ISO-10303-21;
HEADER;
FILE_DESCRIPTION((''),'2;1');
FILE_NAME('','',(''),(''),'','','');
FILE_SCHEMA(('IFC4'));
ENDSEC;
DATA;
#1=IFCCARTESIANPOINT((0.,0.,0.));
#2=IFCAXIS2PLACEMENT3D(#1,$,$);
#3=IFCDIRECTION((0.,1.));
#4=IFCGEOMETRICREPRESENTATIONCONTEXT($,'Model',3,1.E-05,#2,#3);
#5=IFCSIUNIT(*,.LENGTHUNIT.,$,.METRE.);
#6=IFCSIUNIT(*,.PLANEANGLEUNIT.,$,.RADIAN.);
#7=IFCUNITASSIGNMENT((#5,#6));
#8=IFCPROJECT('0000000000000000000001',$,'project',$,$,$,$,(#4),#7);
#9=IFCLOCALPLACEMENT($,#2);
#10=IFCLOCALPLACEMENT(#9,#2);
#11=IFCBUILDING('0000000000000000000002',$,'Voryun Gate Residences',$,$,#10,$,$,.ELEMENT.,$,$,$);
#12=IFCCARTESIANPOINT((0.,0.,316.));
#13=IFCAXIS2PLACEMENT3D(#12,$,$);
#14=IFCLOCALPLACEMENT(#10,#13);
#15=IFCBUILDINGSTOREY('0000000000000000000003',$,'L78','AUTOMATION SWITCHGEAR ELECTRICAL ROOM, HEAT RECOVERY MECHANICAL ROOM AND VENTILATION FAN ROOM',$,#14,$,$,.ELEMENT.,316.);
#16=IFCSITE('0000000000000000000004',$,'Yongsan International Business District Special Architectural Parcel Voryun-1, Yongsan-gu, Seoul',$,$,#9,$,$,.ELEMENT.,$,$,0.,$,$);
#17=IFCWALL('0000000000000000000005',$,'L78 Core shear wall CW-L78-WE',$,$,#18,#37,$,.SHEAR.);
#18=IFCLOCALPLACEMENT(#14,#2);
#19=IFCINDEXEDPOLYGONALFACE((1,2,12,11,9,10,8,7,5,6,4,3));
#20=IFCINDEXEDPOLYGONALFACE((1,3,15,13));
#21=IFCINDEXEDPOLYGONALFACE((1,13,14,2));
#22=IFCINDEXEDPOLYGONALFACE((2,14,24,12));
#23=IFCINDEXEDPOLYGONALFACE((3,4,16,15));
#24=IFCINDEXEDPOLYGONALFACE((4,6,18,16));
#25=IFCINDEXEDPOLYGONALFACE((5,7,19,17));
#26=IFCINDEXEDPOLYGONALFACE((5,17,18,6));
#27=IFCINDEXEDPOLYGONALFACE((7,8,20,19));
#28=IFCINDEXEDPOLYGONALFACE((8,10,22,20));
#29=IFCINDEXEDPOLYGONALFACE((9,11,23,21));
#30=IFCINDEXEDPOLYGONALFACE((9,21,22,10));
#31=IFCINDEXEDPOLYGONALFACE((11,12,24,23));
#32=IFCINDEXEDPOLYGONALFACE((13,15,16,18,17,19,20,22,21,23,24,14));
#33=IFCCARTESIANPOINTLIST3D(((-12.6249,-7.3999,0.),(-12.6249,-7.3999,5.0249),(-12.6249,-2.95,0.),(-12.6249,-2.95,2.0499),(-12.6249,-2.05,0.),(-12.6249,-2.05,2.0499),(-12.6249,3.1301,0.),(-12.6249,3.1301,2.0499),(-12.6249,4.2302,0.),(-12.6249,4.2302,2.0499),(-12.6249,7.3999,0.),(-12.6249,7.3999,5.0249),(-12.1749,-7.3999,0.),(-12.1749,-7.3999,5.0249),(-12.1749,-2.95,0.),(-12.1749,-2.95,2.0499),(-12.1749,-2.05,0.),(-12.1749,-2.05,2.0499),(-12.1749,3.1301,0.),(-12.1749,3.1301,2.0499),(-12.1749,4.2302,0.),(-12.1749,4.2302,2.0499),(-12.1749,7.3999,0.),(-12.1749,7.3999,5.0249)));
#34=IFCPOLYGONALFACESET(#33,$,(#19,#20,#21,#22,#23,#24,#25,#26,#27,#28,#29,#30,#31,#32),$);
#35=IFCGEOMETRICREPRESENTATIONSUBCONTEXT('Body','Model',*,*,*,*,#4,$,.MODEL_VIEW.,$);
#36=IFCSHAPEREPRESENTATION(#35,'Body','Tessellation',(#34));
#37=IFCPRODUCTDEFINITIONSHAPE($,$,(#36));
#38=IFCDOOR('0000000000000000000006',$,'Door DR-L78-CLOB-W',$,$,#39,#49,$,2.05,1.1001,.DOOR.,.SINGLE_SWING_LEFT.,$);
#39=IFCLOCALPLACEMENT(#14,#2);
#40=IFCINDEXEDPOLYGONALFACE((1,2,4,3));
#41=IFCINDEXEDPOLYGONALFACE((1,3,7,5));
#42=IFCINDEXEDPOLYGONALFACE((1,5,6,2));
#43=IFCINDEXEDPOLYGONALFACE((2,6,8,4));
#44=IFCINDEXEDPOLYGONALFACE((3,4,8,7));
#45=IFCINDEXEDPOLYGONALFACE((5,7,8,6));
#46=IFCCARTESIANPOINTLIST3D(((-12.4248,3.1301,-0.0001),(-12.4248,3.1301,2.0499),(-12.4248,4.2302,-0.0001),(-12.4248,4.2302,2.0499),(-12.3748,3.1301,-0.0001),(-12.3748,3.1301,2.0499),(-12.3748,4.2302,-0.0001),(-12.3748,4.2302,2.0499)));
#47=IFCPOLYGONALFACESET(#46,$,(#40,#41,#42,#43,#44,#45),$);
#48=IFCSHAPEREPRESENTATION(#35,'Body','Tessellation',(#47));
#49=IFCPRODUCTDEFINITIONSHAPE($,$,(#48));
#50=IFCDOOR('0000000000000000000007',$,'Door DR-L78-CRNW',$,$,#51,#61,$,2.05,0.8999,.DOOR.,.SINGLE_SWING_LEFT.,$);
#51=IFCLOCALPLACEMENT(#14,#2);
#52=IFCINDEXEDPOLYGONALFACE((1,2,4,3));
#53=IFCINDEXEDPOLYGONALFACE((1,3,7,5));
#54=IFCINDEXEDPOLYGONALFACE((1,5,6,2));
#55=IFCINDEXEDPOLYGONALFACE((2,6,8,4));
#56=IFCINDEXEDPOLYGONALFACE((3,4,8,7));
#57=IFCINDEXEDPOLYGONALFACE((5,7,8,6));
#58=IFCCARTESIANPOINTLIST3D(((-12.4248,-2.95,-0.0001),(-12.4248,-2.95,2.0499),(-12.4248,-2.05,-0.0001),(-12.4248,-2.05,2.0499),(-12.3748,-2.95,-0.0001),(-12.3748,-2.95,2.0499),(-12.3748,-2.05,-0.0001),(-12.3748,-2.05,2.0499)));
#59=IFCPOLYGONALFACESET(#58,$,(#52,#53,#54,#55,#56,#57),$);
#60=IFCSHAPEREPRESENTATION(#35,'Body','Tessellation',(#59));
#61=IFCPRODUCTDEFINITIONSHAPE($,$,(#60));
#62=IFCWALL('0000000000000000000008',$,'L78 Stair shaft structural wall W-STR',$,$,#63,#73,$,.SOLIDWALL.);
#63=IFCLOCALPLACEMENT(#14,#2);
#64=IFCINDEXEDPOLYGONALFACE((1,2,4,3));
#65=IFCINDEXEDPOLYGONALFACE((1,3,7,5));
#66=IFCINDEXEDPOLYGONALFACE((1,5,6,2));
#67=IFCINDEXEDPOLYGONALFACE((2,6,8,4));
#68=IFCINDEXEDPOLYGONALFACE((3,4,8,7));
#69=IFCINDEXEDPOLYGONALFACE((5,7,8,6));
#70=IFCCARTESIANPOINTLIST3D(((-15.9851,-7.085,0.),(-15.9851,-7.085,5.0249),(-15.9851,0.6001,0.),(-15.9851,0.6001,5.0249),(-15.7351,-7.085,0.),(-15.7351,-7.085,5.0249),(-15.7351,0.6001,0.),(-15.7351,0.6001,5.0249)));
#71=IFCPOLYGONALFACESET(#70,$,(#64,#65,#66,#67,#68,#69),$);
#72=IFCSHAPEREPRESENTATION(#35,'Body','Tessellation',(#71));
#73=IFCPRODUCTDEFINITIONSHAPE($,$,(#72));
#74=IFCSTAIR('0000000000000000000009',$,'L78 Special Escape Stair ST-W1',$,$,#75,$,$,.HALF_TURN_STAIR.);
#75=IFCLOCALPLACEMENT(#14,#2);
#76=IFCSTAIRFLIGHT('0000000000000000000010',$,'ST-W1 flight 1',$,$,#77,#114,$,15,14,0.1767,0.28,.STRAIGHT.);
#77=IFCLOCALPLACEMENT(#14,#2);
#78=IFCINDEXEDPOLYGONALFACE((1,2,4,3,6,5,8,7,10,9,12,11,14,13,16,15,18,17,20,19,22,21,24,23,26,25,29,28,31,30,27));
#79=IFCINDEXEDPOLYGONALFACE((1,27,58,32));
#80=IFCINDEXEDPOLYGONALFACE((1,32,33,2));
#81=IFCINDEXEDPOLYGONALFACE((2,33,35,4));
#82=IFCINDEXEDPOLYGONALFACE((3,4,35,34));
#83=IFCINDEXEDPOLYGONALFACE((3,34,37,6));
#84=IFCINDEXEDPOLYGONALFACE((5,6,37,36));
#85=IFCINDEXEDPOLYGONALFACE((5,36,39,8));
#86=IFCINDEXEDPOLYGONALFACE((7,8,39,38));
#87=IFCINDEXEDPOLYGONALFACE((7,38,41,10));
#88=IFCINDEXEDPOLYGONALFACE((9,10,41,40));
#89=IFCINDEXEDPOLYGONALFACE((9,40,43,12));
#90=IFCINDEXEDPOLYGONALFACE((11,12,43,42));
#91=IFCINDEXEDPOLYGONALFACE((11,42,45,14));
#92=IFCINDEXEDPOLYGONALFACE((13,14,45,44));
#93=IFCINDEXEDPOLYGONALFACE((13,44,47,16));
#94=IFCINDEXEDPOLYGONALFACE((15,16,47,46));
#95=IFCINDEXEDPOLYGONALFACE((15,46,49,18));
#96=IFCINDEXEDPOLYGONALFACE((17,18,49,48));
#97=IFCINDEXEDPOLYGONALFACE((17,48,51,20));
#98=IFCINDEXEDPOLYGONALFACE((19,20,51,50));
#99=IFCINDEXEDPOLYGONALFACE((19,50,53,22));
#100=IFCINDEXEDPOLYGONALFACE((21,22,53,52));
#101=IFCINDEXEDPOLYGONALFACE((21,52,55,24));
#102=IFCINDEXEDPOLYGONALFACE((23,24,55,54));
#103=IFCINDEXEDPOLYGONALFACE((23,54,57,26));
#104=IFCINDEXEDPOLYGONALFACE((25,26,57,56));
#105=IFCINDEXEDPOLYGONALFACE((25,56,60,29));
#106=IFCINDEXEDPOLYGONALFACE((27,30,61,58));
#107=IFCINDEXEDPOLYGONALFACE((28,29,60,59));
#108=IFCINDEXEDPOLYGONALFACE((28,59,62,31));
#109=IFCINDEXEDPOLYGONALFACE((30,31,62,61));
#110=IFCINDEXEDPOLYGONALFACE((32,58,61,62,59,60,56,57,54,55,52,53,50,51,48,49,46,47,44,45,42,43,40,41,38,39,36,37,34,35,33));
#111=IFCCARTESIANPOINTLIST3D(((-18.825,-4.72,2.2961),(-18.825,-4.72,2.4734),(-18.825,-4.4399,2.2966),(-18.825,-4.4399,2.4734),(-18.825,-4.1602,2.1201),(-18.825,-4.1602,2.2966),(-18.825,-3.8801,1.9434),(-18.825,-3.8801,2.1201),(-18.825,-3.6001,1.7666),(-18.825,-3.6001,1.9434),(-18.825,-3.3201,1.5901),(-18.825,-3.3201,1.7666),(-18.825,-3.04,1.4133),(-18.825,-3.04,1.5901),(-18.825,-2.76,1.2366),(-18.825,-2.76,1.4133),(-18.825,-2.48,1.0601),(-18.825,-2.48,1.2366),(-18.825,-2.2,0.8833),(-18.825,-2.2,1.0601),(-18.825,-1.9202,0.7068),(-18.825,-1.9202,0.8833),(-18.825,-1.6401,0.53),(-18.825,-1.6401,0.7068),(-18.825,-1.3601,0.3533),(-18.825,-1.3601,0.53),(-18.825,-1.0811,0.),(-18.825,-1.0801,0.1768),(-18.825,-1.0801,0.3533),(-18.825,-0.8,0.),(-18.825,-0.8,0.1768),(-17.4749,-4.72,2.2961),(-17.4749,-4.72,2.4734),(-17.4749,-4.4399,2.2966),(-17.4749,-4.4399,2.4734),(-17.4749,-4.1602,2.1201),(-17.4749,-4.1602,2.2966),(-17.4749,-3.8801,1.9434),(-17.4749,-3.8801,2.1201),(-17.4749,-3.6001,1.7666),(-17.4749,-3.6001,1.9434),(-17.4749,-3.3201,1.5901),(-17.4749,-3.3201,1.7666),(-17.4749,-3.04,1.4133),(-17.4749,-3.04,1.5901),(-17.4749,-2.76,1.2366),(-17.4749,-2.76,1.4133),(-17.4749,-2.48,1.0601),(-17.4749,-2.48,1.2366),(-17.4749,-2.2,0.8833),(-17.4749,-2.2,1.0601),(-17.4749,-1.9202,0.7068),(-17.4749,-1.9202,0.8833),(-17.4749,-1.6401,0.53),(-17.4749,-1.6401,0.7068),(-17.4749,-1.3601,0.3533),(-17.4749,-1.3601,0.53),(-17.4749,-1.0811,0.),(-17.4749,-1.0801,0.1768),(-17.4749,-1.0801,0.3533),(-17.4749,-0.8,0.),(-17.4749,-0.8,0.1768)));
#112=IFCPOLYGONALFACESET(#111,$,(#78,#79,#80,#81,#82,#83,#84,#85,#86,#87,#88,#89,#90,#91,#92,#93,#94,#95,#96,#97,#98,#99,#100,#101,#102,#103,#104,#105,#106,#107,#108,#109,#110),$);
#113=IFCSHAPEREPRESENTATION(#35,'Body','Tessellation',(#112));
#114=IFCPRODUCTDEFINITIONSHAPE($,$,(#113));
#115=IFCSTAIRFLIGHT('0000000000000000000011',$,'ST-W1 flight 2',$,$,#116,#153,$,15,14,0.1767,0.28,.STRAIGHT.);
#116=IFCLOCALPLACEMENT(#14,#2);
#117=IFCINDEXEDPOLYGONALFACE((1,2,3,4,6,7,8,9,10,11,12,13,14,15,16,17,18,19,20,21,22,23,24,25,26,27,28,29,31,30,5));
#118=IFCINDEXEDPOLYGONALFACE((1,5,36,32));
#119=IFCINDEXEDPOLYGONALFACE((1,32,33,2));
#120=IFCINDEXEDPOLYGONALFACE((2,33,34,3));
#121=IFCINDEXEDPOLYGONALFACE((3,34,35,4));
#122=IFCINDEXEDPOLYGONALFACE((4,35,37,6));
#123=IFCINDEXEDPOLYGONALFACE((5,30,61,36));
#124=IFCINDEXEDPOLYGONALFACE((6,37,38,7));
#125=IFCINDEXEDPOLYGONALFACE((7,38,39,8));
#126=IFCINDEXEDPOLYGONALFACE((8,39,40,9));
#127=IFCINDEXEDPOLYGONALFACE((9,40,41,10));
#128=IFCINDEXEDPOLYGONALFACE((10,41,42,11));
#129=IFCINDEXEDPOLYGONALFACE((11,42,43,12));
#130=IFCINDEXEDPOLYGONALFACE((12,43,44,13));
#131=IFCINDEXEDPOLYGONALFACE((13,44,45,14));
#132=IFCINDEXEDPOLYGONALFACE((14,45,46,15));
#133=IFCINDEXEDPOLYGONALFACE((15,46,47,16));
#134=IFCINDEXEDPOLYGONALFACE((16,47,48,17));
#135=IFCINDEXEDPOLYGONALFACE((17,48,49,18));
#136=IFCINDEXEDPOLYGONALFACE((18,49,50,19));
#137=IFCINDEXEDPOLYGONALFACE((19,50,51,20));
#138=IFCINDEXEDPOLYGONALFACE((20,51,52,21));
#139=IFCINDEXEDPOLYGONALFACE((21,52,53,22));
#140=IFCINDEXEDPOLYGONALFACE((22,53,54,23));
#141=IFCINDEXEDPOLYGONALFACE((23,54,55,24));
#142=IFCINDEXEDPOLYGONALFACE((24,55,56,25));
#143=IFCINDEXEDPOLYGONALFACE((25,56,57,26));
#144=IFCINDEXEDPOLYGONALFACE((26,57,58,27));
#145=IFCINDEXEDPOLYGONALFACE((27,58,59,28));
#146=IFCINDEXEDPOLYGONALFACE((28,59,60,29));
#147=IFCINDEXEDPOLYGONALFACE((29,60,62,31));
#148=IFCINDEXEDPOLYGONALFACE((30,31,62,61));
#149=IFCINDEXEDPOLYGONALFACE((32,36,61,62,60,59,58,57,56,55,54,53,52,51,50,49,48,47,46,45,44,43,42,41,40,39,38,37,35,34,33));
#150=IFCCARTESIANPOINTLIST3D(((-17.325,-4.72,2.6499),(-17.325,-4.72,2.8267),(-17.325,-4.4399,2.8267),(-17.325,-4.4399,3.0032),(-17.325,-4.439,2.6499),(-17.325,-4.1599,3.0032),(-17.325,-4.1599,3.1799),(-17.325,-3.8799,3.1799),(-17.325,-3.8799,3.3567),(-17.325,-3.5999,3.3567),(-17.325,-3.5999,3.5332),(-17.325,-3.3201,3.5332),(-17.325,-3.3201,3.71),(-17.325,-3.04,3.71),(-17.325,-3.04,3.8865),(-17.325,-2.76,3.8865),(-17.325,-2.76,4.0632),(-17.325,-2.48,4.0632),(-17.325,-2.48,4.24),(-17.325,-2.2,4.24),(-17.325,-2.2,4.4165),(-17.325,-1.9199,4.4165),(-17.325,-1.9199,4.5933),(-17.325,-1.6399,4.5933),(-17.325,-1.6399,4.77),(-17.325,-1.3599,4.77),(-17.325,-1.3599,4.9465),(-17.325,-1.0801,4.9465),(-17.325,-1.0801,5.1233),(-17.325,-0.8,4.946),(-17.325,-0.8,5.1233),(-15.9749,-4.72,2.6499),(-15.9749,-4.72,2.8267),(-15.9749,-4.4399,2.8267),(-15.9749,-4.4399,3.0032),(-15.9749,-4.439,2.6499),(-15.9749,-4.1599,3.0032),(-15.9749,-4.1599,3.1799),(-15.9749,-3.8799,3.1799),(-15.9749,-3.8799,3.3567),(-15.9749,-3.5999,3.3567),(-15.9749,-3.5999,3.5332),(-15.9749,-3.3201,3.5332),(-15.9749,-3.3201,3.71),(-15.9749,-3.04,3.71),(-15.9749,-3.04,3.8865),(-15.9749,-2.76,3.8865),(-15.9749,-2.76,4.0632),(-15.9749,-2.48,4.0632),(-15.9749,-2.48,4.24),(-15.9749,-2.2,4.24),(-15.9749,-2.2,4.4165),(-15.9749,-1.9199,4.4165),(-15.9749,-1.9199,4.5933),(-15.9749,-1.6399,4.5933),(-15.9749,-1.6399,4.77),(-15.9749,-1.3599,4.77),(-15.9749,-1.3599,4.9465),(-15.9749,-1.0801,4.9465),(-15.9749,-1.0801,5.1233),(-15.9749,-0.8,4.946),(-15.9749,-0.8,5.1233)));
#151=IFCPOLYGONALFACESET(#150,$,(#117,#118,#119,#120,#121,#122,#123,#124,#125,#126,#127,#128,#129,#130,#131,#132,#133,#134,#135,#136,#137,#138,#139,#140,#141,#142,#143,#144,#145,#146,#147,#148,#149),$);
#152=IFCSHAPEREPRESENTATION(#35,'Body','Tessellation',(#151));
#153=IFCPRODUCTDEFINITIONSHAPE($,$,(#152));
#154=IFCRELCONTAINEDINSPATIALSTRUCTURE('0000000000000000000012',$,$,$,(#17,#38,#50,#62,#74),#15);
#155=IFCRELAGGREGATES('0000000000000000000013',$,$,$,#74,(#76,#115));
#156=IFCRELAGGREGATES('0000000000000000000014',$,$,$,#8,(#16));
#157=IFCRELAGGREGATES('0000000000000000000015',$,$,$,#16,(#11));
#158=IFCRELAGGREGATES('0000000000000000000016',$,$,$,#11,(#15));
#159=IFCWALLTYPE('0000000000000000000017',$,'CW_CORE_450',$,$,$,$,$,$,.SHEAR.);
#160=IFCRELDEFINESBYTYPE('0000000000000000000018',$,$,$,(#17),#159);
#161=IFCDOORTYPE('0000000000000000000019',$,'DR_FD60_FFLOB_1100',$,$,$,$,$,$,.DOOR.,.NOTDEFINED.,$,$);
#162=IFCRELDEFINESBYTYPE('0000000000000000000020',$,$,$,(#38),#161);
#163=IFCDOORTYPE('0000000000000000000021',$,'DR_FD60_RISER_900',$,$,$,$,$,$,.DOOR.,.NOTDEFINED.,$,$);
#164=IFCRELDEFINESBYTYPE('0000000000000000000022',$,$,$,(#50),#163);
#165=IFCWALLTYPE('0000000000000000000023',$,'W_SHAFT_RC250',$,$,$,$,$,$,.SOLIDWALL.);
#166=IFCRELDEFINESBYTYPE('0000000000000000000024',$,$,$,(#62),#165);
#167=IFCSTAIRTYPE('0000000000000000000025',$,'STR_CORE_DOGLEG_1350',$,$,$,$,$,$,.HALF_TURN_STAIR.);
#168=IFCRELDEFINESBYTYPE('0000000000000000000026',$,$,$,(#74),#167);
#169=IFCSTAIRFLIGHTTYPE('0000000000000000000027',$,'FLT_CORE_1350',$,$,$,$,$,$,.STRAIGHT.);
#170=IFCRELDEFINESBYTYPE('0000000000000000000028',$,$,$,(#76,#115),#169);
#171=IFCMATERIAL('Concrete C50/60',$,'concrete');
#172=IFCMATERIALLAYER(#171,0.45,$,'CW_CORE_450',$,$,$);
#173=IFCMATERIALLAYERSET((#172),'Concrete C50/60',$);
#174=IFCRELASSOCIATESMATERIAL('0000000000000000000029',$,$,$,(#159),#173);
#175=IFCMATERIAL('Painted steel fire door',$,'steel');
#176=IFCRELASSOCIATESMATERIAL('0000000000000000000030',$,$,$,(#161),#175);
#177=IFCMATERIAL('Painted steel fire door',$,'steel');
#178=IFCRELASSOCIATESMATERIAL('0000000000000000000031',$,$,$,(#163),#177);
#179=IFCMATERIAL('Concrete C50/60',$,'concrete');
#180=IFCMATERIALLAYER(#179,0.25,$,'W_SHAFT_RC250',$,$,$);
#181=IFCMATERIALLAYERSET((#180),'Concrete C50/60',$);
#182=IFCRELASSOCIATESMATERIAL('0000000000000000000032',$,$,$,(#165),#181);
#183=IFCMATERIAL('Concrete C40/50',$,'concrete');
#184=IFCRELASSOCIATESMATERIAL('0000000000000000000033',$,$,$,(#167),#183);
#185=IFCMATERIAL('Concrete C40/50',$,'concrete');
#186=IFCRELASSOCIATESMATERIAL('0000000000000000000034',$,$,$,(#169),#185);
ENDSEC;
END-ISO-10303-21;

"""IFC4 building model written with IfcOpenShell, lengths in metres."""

from ifc_helpers import new_model, si_unit, direction, frame, frame_2d, origin, place, context, subcontext, project, spatial, polyline, rectangle, outline, extrude, material, layer, layer_set, type_object, element, fill, aggregate, save


model = new_model("IFC4")

# Units and contexts
model_context = context("Model", 3, precision=1e-05, world=origin(), true_north=direction((0.0, 1.0)))
body_context = subcontext(model_context, "Body", "Model", "MODEL_VIEW")
ifc_project = project(units=[si_unit("LENGTHUNIT", "METRE"), si_unit("PLANEANGLEUNIT", "RADIAN")], contexts=[model_context])

# Site, building, storey
site_placement = place(None, origin())
site = spatial("IfcSite", under=ifc_project, at=site_placement, Name="Yongsan International Business District Special Architectural Parcel Voryun-1, Yongsan-gu, Seoul", CompositionType="ELEMENT", RefElevation=0.0)
building_placement = place(site_placement, origin())
building = spatial("IfcBuilding", under=site, at=building_placement, Name="Voryun Gate Residences", CompositionType="ELEMENT")
storey_placement = place(building_placement, frame((0.0, 0.0, 316.0)))
storey = spatial("IfcBuildingStorey", under=building, at=storey_placement, Name="L78", Description="AUTOMATION SWITCHGEAR ELECTRICAL ROOM, HEAT RECOVERY MECHANICAL ROOM AND VENTILATION FAN ROOM", CompositionType="ELEMENT", Elevation=316.0)

# Wall, openings, doors
ifc_material_1 = material(Name="Concrete C50/60", Category="concrete")
ifc_layer_1 = layer(ifc_material_1, 0.45, Name="CW_CORE_450")
ifc_layer_set_1 = layer_set([ifc_layer_1], Name="Concrete C50/60")
wall_type_1 = type_object("IfcWallType", Name="CW_CORE_450", PredefinedType="SHEAR", material=ifc_layer_set_1)
wall_1_placement = place(storey_placement, frame((-12.3999, -7.3999, 0.0), z_axis=(0.0, 0.0, 1.0), x_axis=(0.0, 1.0, 0.0)))
wall_1 = element("IfcWall", 1, at=wall_1_placement, inside=storey, type_object=wall_type_1, Name="L78 Core shear wall CW-L78-WE", PredefinedType="SHEAR", context=body_context, shape_type="SweptSolid", body=[
    extrude(rectangle(XDim=14.7998, YDim=0.45, at=frame_2d((7.3999, 0.0))), origin(), (0.0, 0.0, 1.0), 5.0249),
])
opening_1_placement = place(wall_1_placement, frame((10.53, 0.0, 0.0)))
opening_1 = element("IfcOpeningElement", 2, at=opening_1_placement, cuts=wall_1, PredefinedType="OPENING", context=body_context, shape_type="SweptSolid", body=[
    extrude(rectangle(XDim=1.1001, YDim=2.05, at=frame_2d((0.55, 1.0249))), frame((0.0, 0.2351, 0.0), z_axis=(0.0, -1.0, 0.0), x_axis=(1.0, 0.0, 0.0)), (0.0, 0.0, 1.0), 0.47),
])
opening_2_placement = place(wall_1_placement, frame((4.45, 0.0, 0.0)))
opening_2 = element("IfcOpeningElement", 3, at=opening_2_placement, cuts=wall_1, PredefinedType="OPENING", context=body_context, shape_type="SweptSolid", body=[
    extrude(rectangle(XDim=0.8999, YDim=2.05, at=frame_2d((0.45, 1.0249))), frame((0.0, 0.2351, 0.0), z_axis=(0.0, -1.0, 0.0), x_axis=(1.0, 0.0, 0.0)), (0.0, 0.0, 1.0), 0.47),
])
ifc_material_2 = material(Name="Painted steel fire door", Category="steel")
door_type_1 = type_object("IfcDoorType", Name="DR_FD60_FFLOB_1100", OperationType="NOTDEFINED", PredefinedType="DOOR", material=ifc_material_2)
door_1_placement = place(opening_1_placement, origin())
door_1 = element("IfcDoor", 4, at=door_1_placement, inside=storey, type_object=door_type_1, Name="Door DR-L78-CLOB-W", OperationType="SINGLE_SWING_LEFT", OverallHeight=2.05, OverallWidth=1.1001, PredefinedType="DOOR", context=body_context, shape_type="SweptSolid", body=[
    extrude(rectangle(XDim=1.1001, YDim=2.05, at=frame_2d((0.55, 1.0249))), frame((0.0, 0.0249, 0.0), z_axis=(0.0, -1.0, 0.0), x_axis=(1.0, 0.0, 0.0)), (0.0, 0.0, 1.0), 0.05),
])
fill(opening_1, door_1)
ifc_material_3 = material(Name="Painted steel fire door", Category="steel")
door_type_2 = type_object("IfcDoorType", Name="DR_FD60_RISER_900", OperationType="NOTDEFINED", PredefinedType="DOOR", material=ifc_material_3)
door_2_placement = place(opening_2_placement, origin())
door_2 = element("IfcDoor", 5, at=door_2_placement, inside=storey, type_object=door_type_2, Name="Door DR-L78-CRNW", OperationType="SINGLE_SWING_LEFT", OverallHeight=2.05, OverallWidth=0.8999, PredefinedType="DOOR", context=body_context, shape_type="SweptSolid", body=[
    extrude(rectangle(XDim=0.8999, YDim=2.05, at=frame_2d((0.45, 1.0249))), frame((0.0, 0.0249, 0.0), z_axis=(0.0, -1.0, 0.0), x_axis=(1.0, 0.0, 0.0)), (0.0, 0.0, 1.0), 0.05),
])
fill(opening_2, door_2)

# Wall
ifc_material_4 = material(Name="Concrete C50/60", Category="concrete")
ifc_layer_2 = layer(ifc_material_4, 0.25, Name="W_SHAFT_RC250")
ifc_layer_set_2 = layer_set([ifc_layer_2], Name="Concrete C50/60")
wall_type_2 = type_object("IfcWallType", Name="W_SHAFT_RC250", PredefinedType="SOLIDWALL", material=ifc_layer_set_2)
wall_2_placement = place(storey_placement, frame((-15.8601, -7.085, 0.0), z_axis=(0.0, 0.0, 1.0), x_axis=(0.0, 1.0, 0.0)))
element("IfcWall", 6, at=wall_2_placement, inside=storey, type_object=wall_type_2, Name="L78 Stair shaft structural wall W-STR", PredefinedType="SOLIDWALL", context=body_context, shape_type="SweptSolid", body=[
    extrude(rectangle(XDim=7.6851, YDim=0.25, at=frame_2d((3.8425, 0.0))), origin(), (0.0, 0.0, 1.0), 5.0249),
])

# Stair, stair flights
ifc_material_5 = material(Name="Concrete C40/50", Category="concrete")
stair_type = type_object("IfcStairType", Name="STR_CORE_DOGLEG_1350", PredefinedType="HALF_TURN_STAIR", material=ifc_material_5)
stair_placement = place(storey_placement, origin())
stair = element("IfcStair", 7, at=stair_placement, inside=storey, type_object=stair_type, Name="L78 Special Escape Stair ST-W1", PredefinedType="HALF_TURN_STAIR")
ifc_material_6 = material(Name="Concrete C40/50", Category="concrete")
stair_flight_type = type_object("IfcStairFlightType", Name="FLT_CORE_1350", PredefinedType="STRAIGHT", material=ifc_material_6)
stair_flight_1_placement = place(storey_placement, frame((-18.1499, -0.8, 0.0), z_axis=(0.0, 0.0, 1.0), x_axis=(0.0, -1.0, 0.0)))
stair_flight_1 = element("IfcStairFlight", 8, at=stair_flight_1_placement, type_object=stair_flight_type, Name="ST-W1 flight 1", NumberOfRisers=15, NumberOfTreads=14, PredefinedType="STRAIGHT", RiserHeight=0.1767, TreadLength=0.28, context=body_context, shape_type="SweptSolid", body=[
    extrude(outline(polyline([(0.0, 0.0), (0.0, 0.1768), (0.28, 0.1768), (0.28, 0.3533), (0.5601, 0.3533), (0.5601, 0.53), (0.8401, 0.53), (0.8401, 0.7068), (1.1201, 0.7068), (1.1201, 0.8833), (1.3999, 0.8833), (1.3999, 1.0601), (1.6799, 1.0601), (1.6799, 1.2366), (1.96, 1.2366), (1.96, 1.4133), (2.24, 1.4133), (2.24, 1.5901), (2.52, 1.5901), (2.52, 1.7666), (2.8, 1.7666), (2.8, 1.9434), (3.0801, 1.9434), (3.0801, 2.1201), (3.3601, 2.1201), (3.3601, 2.2966), (3.6399, 2.2966), (3.6399, 2.4734), (3.9199, 2.4734), (3.9199, 2.6499), (3.9199, 2.2961), (0.281, 0.0), (0.0, 0.0)])), frame((0.0, 0.675, 0.0), z_axis=(0.0, -1.0, 0.0), x_axis=(1.0, 0.0, 0.0)), (0.0, 0.0, 1.0), 1.3501),
])
stair_flight_2_placement = place(storey_placement, frame((-16.6499, -4.72, 2.6499), z_axis=(0.0, 0.0, 1.0), x_axis=(0.0, 1.0, 0.0)))
stair_flight_2 = element("IfcStairFlight", 9, at=stair_flight_2_placement, type_object=stair_flight_type, Name="ST-W1 flight 2", NumberOfRisers=15, NumberOfTreads=14, PredefinedType="STRAIGHT", RiserHeight=0.1767, TreadLength=0.28, context=body_context, shape_type="SweptSolid", body=[
    extrude(outline(polyline([(0.0, 0.0), (0.0, 0.1768), (0.28, 0.1768), (0.28, 0.3533), (0.5601, 0.3533), (0.5601, 0.53), (0.8401, 0.53), (0.8401, 0.7068), (1.1201, 0.7068), (1.1201, 0.8833), (1.3999, 0.8833), (1.3999, 1.0601), (1.6799, 1.0601), (1.6799, 1.2366), (1.96, 1.2366), (1.96, 1.4133), (2.24, 1.4133), (2.24, 1.5901), (2.52, 1.5901), (2.52, 1.7666), (2.8, 1.7666), (2.8, 1.9434), (3.0801, 1.9434), (3.0801, 2.1201), (3.3601, 2.1201), (3.3601, 2.2966), (3.6399, 2.2966), (3.6399, 2.4734), (3.9199, 2.4734), (3.9199, 2.6499), (3.9199, 2.2961), (0.281, 0.0), (0.0, 0.0)])), frame((0.0, 0.675, 0.0), z_axis=(0.0, -1.0, 0.0), x_axis=(1.0, 0.0, 0.0)), (0.0, 0.0, 1.0), 1.3501),
])
aggregate(stair, [stair_flight_1, stair_flight_2])

save(model, "model.ifc")
